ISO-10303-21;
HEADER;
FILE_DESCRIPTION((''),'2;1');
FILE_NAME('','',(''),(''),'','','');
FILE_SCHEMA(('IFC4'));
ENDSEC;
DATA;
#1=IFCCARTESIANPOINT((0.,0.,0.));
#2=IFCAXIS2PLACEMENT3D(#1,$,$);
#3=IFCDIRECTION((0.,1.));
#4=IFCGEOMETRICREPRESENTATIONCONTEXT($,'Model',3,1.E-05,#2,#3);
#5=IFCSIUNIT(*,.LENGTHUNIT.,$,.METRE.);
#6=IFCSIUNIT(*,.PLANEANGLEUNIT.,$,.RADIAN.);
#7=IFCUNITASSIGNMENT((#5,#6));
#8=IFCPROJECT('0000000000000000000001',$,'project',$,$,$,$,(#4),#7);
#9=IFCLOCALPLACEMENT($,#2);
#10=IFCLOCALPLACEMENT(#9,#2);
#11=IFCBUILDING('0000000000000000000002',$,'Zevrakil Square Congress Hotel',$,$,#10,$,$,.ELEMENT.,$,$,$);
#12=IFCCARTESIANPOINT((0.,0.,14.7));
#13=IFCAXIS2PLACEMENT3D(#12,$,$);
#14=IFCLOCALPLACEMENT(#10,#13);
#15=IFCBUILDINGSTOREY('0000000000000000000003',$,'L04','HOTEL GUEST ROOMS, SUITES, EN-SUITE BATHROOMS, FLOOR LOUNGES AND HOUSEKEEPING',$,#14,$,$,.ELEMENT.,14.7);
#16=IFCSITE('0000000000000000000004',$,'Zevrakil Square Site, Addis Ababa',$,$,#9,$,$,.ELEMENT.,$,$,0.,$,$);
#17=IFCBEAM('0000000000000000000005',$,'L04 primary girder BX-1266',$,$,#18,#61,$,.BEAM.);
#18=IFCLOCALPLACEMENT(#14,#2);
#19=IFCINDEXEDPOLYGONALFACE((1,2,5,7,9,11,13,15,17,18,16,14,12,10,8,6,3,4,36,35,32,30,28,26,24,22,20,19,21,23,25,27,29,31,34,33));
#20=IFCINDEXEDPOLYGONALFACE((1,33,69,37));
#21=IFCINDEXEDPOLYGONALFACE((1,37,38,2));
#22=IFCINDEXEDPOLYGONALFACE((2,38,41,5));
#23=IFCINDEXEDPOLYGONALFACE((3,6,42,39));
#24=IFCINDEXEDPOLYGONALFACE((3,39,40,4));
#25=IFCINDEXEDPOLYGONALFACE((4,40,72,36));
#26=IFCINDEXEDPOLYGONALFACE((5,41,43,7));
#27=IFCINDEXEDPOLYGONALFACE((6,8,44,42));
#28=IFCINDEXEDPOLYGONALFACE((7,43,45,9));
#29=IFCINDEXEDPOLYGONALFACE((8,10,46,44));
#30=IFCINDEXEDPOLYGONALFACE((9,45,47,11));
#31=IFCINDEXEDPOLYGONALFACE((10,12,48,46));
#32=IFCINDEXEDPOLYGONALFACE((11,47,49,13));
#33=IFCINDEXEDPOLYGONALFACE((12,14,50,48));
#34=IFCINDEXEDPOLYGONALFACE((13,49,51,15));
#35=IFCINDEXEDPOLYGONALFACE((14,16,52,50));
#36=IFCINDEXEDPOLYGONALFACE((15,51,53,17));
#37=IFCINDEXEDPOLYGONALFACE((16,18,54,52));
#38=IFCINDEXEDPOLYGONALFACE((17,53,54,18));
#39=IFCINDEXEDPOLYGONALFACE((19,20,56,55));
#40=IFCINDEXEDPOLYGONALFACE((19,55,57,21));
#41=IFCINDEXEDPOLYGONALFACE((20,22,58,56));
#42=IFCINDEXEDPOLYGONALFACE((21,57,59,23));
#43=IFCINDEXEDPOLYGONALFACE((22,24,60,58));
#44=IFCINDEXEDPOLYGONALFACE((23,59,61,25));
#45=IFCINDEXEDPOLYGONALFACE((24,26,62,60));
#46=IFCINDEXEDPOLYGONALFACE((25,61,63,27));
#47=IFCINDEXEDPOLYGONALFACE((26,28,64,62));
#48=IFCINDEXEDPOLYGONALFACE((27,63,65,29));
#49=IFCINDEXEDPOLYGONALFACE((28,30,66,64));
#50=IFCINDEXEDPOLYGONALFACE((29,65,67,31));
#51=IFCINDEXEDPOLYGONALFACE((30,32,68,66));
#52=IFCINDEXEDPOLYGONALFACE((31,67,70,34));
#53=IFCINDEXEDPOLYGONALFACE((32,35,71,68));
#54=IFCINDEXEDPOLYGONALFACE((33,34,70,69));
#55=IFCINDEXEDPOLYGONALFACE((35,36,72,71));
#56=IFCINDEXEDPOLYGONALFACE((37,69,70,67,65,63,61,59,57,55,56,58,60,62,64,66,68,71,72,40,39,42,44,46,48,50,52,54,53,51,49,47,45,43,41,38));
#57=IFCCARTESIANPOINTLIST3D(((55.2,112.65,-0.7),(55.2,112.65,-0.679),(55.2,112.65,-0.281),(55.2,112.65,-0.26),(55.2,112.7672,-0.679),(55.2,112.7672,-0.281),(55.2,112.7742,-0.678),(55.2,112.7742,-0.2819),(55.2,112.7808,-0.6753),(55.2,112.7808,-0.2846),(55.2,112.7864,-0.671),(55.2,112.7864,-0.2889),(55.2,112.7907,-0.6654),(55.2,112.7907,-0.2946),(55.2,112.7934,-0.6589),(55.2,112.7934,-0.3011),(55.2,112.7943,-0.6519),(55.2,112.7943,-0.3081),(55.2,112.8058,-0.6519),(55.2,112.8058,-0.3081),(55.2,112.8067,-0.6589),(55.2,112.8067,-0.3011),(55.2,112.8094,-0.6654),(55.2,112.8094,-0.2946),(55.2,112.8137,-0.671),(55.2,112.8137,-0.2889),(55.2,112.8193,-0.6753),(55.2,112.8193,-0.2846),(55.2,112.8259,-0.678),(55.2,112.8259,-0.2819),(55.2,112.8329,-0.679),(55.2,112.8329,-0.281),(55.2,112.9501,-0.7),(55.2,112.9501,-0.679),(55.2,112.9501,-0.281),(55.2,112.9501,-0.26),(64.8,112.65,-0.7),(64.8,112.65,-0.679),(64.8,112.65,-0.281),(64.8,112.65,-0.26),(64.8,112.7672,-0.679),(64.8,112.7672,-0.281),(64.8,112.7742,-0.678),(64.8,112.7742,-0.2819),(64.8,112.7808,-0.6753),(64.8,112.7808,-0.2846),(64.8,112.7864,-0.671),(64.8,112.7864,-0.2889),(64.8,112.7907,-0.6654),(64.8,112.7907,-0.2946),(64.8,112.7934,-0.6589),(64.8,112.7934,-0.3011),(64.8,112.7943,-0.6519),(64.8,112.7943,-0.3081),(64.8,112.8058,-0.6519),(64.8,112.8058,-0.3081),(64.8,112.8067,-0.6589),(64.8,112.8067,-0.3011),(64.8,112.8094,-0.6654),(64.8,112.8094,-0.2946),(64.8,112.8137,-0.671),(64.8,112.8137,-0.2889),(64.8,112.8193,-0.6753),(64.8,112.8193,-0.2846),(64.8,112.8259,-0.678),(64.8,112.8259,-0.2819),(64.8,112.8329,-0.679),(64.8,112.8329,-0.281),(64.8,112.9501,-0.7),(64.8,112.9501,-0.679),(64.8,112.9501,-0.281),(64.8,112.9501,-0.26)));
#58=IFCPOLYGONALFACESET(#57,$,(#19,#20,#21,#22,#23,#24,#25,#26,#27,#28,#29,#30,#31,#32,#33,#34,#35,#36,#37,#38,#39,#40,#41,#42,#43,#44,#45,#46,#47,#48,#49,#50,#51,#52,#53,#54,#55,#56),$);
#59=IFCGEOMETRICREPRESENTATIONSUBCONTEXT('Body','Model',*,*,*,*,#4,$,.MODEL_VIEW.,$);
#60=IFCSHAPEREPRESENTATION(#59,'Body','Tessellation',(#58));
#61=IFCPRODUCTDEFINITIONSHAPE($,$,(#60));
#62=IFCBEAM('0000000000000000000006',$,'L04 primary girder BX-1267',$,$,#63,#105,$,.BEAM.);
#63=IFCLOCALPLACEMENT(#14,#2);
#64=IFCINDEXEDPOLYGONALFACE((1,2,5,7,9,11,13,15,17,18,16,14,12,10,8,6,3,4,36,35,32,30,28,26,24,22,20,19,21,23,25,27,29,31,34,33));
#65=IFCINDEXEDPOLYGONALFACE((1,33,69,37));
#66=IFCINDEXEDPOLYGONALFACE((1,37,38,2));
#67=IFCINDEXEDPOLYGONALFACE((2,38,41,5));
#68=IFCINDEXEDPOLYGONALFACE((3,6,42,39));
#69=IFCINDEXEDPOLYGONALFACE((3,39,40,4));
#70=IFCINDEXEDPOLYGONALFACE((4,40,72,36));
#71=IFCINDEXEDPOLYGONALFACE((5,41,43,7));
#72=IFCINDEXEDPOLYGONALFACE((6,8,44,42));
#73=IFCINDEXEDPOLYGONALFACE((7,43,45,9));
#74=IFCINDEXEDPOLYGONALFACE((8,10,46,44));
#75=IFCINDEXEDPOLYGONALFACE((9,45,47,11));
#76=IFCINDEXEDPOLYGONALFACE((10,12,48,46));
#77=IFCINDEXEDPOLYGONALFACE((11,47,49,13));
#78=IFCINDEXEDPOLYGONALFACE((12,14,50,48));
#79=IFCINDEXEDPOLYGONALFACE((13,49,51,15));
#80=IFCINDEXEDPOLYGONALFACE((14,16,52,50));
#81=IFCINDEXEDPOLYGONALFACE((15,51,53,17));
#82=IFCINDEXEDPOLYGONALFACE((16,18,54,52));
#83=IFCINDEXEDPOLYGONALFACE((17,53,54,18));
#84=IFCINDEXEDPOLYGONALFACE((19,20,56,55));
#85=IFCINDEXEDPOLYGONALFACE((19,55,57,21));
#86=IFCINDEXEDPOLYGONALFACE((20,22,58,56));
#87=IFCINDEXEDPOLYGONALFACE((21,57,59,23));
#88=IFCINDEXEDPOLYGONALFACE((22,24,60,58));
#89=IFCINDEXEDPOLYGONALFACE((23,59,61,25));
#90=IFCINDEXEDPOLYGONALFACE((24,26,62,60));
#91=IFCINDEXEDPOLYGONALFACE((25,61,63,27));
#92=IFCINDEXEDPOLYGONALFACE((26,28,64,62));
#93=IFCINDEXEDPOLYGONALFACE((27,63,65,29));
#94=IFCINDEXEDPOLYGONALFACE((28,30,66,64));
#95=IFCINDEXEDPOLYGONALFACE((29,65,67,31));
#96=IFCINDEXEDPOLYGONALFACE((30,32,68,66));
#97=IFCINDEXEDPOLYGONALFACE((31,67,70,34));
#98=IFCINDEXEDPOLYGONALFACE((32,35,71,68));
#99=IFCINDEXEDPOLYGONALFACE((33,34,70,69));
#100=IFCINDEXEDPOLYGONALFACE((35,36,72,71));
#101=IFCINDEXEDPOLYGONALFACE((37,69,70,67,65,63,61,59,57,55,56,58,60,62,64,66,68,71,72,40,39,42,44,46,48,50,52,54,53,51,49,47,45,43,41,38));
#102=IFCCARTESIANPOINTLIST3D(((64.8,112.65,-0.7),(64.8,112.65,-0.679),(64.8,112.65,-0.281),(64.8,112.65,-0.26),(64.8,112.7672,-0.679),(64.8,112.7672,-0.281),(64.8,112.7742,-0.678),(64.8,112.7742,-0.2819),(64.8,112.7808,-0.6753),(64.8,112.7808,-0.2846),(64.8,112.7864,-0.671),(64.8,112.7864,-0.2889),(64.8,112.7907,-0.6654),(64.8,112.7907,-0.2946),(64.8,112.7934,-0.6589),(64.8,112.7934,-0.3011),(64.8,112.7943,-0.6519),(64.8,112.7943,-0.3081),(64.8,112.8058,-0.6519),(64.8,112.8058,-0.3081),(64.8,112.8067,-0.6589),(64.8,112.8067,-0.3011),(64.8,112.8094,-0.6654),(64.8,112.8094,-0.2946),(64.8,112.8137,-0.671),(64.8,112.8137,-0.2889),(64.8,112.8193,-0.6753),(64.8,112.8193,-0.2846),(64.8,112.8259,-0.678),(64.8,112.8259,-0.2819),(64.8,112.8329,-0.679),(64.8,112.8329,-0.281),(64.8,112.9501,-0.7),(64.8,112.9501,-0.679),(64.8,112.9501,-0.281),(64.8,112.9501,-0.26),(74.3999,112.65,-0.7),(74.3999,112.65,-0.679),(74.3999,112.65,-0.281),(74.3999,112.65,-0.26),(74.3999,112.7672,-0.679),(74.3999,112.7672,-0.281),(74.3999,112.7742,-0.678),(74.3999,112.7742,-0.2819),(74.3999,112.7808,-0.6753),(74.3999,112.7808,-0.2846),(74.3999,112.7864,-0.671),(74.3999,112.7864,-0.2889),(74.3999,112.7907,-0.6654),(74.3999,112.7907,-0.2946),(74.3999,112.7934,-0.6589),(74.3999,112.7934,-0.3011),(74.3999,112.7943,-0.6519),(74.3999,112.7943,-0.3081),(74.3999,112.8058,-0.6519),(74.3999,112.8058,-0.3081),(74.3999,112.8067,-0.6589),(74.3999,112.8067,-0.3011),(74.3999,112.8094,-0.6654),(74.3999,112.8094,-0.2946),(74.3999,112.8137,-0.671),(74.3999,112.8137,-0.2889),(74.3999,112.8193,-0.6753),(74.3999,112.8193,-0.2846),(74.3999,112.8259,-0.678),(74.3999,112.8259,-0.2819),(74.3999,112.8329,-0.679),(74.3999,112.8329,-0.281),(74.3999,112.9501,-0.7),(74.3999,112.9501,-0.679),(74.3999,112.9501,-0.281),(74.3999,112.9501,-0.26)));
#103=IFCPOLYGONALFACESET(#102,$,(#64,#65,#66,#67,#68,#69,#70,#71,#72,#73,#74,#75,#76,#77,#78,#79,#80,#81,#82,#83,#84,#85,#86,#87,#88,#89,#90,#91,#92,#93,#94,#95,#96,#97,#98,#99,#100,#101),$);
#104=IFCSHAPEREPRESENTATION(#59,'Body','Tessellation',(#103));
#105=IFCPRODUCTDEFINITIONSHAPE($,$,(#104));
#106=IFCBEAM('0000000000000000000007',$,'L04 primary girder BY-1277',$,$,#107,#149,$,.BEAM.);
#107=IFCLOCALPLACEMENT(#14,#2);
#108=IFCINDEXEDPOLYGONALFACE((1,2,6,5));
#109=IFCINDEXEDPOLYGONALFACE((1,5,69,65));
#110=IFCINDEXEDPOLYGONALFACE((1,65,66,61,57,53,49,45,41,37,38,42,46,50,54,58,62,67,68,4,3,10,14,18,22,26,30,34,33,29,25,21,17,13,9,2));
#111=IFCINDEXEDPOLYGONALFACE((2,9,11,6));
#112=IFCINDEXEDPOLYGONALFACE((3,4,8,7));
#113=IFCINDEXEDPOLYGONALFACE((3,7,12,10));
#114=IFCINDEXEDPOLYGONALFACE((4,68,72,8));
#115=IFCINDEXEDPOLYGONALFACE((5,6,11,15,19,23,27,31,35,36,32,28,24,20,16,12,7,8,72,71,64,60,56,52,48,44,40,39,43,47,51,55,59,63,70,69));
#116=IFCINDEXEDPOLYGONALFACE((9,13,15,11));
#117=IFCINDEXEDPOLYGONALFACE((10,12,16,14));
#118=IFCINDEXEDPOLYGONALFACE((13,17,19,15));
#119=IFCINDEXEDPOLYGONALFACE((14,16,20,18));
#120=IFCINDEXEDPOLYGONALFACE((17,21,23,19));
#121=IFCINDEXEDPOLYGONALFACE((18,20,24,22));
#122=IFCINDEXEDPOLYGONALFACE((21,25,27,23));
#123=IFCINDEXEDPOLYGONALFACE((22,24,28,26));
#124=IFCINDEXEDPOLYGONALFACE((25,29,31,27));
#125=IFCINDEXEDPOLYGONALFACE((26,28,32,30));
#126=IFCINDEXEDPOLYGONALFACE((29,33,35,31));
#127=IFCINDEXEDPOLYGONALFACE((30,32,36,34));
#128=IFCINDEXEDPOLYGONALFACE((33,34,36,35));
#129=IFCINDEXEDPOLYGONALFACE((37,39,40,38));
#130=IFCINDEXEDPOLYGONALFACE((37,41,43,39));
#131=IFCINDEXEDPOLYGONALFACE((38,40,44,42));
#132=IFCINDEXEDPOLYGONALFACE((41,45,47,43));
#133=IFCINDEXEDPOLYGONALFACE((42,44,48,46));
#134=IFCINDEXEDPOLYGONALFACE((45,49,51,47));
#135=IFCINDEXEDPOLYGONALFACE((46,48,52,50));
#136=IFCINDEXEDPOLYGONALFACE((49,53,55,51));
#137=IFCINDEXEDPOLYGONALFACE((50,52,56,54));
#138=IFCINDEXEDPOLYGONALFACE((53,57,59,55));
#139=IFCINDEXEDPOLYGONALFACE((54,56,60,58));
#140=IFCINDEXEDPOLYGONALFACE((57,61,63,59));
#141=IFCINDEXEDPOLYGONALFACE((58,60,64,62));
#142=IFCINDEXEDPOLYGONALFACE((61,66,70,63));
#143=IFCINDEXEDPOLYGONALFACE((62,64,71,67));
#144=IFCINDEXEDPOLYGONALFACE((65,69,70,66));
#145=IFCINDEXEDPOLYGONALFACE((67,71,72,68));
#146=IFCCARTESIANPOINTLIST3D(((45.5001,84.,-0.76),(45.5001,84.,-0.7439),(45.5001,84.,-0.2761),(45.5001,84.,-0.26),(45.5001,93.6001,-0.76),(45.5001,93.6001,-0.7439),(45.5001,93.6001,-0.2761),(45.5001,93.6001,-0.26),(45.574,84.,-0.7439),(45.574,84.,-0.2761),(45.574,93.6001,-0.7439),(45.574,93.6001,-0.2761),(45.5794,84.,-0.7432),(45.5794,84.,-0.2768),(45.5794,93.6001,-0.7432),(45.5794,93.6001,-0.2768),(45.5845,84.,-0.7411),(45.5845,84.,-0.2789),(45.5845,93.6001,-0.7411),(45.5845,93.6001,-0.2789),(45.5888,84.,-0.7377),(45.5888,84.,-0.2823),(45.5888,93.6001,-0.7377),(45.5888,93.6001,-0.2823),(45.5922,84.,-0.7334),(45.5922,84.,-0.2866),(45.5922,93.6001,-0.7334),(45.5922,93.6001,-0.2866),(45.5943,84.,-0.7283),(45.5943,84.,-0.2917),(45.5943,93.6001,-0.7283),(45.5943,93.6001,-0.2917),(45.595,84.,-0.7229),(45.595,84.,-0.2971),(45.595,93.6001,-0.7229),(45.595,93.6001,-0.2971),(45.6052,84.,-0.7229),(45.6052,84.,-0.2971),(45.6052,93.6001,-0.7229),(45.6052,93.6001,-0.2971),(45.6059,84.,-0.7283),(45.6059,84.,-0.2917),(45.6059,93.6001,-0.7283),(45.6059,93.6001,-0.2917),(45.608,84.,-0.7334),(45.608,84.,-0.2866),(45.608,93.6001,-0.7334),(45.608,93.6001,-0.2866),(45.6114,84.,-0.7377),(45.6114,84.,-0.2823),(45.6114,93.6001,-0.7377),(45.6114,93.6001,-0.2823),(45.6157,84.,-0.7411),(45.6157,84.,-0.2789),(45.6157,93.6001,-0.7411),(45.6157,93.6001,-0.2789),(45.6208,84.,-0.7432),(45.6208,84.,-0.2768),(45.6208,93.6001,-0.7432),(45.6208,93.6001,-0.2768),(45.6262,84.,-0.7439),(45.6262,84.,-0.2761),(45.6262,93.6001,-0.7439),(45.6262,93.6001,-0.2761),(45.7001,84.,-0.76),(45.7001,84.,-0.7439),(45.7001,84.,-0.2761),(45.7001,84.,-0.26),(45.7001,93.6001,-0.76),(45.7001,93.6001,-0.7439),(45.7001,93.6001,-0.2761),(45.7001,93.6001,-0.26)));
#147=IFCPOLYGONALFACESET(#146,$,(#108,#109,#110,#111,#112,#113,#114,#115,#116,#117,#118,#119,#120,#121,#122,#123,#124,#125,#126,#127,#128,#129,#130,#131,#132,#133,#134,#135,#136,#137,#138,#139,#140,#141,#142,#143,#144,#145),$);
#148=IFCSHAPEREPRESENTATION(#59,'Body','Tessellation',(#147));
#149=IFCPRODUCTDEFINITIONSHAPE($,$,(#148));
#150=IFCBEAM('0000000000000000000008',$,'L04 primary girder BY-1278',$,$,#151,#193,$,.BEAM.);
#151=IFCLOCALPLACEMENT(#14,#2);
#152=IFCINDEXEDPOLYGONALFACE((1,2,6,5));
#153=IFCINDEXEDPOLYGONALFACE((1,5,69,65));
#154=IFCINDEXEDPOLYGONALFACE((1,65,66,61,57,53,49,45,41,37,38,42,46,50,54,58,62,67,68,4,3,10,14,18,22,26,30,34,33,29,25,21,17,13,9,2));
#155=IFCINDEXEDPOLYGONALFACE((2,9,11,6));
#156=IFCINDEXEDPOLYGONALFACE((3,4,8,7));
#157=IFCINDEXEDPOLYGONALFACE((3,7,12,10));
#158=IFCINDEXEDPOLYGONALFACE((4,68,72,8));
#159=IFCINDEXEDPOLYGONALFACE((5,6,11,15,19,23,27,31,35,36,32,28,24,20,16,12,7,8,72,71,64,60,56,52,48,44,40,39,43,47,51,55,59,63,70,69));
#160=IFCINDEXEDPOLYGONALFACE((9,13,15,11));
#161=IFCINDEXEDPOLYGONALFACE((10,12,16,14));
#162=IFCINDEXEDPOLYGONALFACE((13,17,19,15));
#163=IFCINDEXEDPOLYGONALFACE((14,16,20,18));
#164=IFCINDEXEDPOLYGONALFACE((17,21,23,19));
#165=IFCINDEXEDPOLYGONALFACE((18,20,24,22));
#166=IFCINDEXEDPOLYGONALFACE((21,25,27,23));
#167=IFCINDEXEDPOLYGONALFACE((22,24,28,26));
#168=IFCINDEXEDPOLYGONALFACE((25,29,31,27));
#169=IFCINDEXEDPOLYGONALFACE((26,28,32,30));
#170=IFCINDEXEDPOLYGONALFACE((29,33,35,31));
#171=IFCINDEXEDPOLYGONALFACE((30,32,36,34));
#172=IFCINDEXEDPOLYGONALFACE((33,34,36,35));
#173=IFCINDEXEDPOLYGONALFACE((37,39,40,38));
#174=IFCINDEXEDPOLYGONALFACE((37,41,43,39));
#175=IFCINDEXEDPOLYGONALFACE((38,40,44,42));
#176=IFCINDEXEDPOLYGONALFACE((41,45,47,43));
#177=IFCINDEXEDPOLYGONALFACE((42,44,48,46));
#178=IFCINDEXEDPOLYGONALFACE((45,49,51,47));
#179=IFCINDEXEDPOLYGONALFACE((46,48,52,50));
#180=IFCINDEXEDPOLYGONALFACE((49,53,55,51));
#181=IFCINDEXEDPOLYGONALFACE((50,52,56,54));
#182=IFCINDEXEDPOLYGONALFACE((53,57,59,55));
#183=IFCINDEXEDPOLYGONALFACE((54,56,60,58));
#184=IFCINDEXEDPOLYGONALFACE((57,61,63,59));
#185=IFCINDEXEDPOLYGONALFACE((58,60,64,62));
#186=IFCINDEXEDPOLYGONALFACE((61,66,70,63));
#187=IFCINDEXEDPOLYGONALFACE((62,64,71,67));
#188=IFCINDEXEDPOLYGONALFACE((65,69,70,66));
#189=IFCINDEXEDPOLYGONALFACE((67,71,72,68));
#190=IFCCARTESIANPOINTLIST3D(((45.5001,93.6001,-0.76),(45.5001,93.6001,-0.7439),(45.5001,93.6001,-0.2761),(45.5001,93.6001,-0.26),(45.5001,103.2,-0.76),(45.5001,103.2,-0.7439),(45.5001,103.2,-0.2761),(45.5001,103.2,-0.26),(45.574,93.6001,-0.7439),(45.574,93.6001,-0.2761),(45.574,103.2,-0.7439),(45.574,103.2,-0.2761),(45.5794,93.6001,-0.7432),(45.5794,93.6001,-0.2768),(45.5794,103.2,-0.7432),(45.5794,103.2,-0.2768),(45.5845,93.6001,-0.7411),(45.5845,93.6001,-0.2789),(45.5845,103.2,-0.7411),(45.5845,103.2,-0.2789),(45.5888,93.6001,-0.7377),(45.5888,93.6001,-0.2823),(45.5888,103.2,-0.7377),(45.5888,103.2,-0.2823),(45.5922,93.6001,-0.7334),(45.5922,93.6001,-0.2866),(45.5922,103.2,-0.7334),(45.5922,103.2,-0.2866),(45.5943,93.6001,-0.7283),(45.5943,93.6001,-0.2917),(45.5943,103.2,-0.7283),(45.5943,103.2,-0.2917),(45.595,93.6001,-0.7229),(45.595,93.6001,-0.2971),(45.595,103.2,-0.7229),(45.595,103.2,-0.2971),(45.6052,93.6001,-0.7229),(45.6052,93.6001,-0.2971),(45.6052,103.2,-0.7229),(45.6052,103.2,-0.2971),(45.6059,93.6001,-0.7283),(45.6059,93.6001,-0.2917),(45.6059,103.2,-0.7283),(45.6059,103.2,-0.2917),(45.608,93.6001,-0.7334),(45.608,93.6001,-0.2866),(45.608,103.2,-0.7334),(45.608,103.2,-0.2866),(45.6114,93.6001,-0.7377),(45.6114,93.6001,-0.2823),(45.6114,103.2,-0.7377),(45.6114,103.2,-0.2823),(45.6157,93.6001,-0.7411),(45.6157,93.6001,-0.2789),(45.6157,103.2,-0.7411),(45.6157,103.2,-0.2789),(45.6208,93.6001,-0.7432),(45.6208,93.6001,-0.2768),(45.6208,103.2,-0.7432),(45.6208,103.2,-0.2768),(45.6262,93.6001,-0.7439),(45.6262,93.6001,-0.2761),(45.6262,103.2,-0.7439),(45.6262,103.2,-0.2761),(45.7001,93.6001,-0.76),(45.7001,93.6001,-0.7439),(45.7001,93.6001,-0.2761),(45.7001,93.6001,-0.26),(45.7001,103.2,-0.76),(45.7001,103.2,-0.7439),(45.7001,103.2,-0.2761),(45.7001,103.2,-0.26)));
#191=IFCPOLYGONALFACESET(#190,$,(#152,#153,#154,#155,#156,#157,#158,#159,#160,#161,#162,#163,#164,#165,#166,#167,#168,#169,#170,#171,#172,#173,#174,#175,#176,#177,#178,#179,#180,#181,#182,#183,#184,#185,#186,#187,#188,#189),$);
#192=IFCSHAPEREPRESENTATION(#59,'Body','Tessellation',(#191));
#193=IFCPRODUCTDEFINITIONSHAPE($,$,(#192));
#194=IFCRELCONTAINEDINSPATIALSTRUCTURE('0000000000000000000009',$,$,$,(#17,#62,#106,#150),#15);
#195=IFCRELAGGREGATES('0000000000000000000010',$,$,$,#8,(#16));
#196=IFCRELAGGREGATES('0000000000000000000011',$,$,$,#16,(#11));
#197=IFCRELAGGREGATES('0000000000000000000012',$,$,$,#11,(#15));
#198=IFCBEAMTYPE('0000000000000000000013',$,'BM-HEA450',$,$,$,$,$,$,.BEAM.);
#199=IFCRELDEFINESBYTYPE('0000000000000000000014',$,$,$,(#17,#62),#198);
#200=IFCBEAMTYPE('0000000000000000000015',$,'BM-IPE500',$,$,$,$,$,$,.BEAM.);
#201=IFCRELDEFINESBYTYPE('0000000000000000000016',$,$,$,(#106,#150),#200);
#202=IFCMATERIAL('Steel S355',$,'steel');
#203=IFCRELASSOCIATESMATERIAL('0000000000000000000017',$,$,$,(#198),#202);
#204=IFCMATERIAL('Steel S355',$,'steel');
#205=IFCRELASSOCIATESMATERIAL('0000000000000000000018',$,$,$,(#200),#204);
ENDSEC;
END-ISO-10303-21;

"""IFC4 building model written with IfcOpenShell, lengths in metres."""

from ifc_helpers import new_model, si_unit, direction, frame, origin, origin_2d, place, context, subcontext, project, spatial, i_section, extrude, material, material_profile, profile_set, type_object, element, save


model = new_model("IFC4")

# Units and contexts
model_context = context("Model", 3, precision=1e-05, world=origin(), true_north=direction((0.0, 1.0)))
body_context = subcontext(model_context, "Body", "Model", "MODEL_VIEW")
ifc_project = project(units=[si_unit("LENGTHUNIT", "METRE"), si_unit("PLANEANGLEUNIT", "RADIAN")], contexts=[model_context])

# Site, building, storey
site_placement = place(None, origin())
site = spatial("IfcSite", under=ifc_project, at=site_placement, Name="Zevrakil Square Site, Addis Ababa", CompositionType="ELEMENT", RefElevation=0.0)
building_placement = place(site_placement, origin())
building = spatial("IfcBuilding", under=site, at=building_placement, Name="Zevrakil Square Congress Hotel", CompositionType="ELEMENT")
storey_placement = place(building_placement, frame((0.0, 0.0, 14.7)))
storey = spatial("IfcBuildingStorey", under=building, at=storey_placement, Name="L04", Description="HOTEL GUEST ROOMS, SUITES, EN-SUITE BATHROOMS, FLOOR LOUNGES AND HOUSEKEEPING", CompositionType="ELEMENT", Elevation=14.7)

# Beams
ifc_material_1 = material(Name="Steel S355", Category="steel")
ifc_material_profile_1 = material_profile(ifc_material_1, i_section(OverallWidth=0.3, OverallDepth=0.4399, WebThickness=0.0115, FlangeThickness=0.021, FilletRadius=0.0271, at=origin_2d()), Name="HEA 450")
ifc_profile_set_1 = profile_set([ifc_material_profile_1], Name="Steel S355")
beam_type_1 = type_object("IfcBeamType", Name="BM-HEA450", PredefinedType="BEAM", material=ifc_profile_set_1)
beam_1_placement = place(storey_placement, frame((55.2, 112.8, -0.48), z_axis=(1.0, 0.0, 0.0), x_axis=(0.0, 1.0, 0.0)))
element("IfcBeam", 1, at=beam_1_placement, inside=storey, type_object=beam_type_1, Name="L04 primary girder BX-1266", PredefinedType="BEAM", context=body_context, shape_type="SweptSolid", body=[
    extrude(i_section(OverallWidth=0.3, OverallDepth=0.4399, WebThickness=0.0115, FlangeThickness=0.021, FilletRadius=0.0271, at=origin_2d()), origin(), (0.0, 0.0, 1.0), 9.6001),
])
beam_2_placement = place(storey_placement, frame((64.8, 112.8, -0.48), z_axis=(1.0, 0.0, 0.0), x_axis=(0.0, 1.0, 0.0)))
element("IfcBeam", 2, at=beam_2_placement, inside=storey, type_object=beam_type_1, Name="L04 primary girder BX-1267", PredefinedType="BEAM", context=body_context, shape_type="SweptSolid", body=[
    extrude(i_section(OverallWidth=0.3, OverallDepth=0.4399, WebThickness=0.0115, FlangeThickness=0.021, FilletRadius=0.0271, at=origin_2d()), origin(), (0.0, 0.0, 1.0), 9.5999),
])
ifc_material_2 = material(Name="Steel S355", Category="steel")
ifc_material_profile_2 = material_profile(ifc_material_2, i_section(OverallWidth=0.2, OverallDepth=0.5, WebThickness=0.0103, FlangeThickness=0.0161, FilletRadius=0.021, at=origin_2d()), Name="IPE 500")
ifc_profile_set_2 = profile_set([ifc_material_profile_2], Name="Steel S355")
beam_type_2 = type_object("IfcBeamType", Name="BM-IPE500", PredefinedType="BEAM", material=ifc_profile_set_2)
beam_3_placement = place(storey_placement, frame((45.6001, 84.0, -0.51), z_axis=(0.0, 1.0, 0.0), x_axis=(-1.0, 0.0, 0.0)))
element("IfcBeam", 3, at=beam_3_placement, inside=storey, type_object=beam_type_2, Name="L04 primary girder BY-1277", PredefinedType="BEAM", context=body_context, shape_type="SweptSolid", body=[
    extrude(i_section(OverallWidth=0.2, OverallDepth=0.5, WebThickness=0.0103, FlangeThickness=0.0161, FilletRadius=0.021, at=origin_2d()), origin(), (0.0, 0.0, 1.0), 9.6001),
])
beam_4_placement = place(storey_placement, frame((45.6001, 93.6001, -0.51), z_axis=(0.0, 1.0, 0.0), x_axis=(-1.0, 0.0, 0.0)))
element("IfcBeam", 4, at=beam_4_placement, inside=storey, type_object=beam_type_2, Name="L04 primary girder BY-1278", PredefinedType="BEAM", context=body_context, shape_type="SweptSolid", body=[
    extrude(i_section(OverallWidth=0.2, OverallDepth=0.5, WebThickness=0.0103, FlangeThickness=0.0161, FilletRadius=0.021, at=origin_2d()), origin(), (0.0, 0.0, 1.0), 9.5999),
])

save(model, "model.ifc")
